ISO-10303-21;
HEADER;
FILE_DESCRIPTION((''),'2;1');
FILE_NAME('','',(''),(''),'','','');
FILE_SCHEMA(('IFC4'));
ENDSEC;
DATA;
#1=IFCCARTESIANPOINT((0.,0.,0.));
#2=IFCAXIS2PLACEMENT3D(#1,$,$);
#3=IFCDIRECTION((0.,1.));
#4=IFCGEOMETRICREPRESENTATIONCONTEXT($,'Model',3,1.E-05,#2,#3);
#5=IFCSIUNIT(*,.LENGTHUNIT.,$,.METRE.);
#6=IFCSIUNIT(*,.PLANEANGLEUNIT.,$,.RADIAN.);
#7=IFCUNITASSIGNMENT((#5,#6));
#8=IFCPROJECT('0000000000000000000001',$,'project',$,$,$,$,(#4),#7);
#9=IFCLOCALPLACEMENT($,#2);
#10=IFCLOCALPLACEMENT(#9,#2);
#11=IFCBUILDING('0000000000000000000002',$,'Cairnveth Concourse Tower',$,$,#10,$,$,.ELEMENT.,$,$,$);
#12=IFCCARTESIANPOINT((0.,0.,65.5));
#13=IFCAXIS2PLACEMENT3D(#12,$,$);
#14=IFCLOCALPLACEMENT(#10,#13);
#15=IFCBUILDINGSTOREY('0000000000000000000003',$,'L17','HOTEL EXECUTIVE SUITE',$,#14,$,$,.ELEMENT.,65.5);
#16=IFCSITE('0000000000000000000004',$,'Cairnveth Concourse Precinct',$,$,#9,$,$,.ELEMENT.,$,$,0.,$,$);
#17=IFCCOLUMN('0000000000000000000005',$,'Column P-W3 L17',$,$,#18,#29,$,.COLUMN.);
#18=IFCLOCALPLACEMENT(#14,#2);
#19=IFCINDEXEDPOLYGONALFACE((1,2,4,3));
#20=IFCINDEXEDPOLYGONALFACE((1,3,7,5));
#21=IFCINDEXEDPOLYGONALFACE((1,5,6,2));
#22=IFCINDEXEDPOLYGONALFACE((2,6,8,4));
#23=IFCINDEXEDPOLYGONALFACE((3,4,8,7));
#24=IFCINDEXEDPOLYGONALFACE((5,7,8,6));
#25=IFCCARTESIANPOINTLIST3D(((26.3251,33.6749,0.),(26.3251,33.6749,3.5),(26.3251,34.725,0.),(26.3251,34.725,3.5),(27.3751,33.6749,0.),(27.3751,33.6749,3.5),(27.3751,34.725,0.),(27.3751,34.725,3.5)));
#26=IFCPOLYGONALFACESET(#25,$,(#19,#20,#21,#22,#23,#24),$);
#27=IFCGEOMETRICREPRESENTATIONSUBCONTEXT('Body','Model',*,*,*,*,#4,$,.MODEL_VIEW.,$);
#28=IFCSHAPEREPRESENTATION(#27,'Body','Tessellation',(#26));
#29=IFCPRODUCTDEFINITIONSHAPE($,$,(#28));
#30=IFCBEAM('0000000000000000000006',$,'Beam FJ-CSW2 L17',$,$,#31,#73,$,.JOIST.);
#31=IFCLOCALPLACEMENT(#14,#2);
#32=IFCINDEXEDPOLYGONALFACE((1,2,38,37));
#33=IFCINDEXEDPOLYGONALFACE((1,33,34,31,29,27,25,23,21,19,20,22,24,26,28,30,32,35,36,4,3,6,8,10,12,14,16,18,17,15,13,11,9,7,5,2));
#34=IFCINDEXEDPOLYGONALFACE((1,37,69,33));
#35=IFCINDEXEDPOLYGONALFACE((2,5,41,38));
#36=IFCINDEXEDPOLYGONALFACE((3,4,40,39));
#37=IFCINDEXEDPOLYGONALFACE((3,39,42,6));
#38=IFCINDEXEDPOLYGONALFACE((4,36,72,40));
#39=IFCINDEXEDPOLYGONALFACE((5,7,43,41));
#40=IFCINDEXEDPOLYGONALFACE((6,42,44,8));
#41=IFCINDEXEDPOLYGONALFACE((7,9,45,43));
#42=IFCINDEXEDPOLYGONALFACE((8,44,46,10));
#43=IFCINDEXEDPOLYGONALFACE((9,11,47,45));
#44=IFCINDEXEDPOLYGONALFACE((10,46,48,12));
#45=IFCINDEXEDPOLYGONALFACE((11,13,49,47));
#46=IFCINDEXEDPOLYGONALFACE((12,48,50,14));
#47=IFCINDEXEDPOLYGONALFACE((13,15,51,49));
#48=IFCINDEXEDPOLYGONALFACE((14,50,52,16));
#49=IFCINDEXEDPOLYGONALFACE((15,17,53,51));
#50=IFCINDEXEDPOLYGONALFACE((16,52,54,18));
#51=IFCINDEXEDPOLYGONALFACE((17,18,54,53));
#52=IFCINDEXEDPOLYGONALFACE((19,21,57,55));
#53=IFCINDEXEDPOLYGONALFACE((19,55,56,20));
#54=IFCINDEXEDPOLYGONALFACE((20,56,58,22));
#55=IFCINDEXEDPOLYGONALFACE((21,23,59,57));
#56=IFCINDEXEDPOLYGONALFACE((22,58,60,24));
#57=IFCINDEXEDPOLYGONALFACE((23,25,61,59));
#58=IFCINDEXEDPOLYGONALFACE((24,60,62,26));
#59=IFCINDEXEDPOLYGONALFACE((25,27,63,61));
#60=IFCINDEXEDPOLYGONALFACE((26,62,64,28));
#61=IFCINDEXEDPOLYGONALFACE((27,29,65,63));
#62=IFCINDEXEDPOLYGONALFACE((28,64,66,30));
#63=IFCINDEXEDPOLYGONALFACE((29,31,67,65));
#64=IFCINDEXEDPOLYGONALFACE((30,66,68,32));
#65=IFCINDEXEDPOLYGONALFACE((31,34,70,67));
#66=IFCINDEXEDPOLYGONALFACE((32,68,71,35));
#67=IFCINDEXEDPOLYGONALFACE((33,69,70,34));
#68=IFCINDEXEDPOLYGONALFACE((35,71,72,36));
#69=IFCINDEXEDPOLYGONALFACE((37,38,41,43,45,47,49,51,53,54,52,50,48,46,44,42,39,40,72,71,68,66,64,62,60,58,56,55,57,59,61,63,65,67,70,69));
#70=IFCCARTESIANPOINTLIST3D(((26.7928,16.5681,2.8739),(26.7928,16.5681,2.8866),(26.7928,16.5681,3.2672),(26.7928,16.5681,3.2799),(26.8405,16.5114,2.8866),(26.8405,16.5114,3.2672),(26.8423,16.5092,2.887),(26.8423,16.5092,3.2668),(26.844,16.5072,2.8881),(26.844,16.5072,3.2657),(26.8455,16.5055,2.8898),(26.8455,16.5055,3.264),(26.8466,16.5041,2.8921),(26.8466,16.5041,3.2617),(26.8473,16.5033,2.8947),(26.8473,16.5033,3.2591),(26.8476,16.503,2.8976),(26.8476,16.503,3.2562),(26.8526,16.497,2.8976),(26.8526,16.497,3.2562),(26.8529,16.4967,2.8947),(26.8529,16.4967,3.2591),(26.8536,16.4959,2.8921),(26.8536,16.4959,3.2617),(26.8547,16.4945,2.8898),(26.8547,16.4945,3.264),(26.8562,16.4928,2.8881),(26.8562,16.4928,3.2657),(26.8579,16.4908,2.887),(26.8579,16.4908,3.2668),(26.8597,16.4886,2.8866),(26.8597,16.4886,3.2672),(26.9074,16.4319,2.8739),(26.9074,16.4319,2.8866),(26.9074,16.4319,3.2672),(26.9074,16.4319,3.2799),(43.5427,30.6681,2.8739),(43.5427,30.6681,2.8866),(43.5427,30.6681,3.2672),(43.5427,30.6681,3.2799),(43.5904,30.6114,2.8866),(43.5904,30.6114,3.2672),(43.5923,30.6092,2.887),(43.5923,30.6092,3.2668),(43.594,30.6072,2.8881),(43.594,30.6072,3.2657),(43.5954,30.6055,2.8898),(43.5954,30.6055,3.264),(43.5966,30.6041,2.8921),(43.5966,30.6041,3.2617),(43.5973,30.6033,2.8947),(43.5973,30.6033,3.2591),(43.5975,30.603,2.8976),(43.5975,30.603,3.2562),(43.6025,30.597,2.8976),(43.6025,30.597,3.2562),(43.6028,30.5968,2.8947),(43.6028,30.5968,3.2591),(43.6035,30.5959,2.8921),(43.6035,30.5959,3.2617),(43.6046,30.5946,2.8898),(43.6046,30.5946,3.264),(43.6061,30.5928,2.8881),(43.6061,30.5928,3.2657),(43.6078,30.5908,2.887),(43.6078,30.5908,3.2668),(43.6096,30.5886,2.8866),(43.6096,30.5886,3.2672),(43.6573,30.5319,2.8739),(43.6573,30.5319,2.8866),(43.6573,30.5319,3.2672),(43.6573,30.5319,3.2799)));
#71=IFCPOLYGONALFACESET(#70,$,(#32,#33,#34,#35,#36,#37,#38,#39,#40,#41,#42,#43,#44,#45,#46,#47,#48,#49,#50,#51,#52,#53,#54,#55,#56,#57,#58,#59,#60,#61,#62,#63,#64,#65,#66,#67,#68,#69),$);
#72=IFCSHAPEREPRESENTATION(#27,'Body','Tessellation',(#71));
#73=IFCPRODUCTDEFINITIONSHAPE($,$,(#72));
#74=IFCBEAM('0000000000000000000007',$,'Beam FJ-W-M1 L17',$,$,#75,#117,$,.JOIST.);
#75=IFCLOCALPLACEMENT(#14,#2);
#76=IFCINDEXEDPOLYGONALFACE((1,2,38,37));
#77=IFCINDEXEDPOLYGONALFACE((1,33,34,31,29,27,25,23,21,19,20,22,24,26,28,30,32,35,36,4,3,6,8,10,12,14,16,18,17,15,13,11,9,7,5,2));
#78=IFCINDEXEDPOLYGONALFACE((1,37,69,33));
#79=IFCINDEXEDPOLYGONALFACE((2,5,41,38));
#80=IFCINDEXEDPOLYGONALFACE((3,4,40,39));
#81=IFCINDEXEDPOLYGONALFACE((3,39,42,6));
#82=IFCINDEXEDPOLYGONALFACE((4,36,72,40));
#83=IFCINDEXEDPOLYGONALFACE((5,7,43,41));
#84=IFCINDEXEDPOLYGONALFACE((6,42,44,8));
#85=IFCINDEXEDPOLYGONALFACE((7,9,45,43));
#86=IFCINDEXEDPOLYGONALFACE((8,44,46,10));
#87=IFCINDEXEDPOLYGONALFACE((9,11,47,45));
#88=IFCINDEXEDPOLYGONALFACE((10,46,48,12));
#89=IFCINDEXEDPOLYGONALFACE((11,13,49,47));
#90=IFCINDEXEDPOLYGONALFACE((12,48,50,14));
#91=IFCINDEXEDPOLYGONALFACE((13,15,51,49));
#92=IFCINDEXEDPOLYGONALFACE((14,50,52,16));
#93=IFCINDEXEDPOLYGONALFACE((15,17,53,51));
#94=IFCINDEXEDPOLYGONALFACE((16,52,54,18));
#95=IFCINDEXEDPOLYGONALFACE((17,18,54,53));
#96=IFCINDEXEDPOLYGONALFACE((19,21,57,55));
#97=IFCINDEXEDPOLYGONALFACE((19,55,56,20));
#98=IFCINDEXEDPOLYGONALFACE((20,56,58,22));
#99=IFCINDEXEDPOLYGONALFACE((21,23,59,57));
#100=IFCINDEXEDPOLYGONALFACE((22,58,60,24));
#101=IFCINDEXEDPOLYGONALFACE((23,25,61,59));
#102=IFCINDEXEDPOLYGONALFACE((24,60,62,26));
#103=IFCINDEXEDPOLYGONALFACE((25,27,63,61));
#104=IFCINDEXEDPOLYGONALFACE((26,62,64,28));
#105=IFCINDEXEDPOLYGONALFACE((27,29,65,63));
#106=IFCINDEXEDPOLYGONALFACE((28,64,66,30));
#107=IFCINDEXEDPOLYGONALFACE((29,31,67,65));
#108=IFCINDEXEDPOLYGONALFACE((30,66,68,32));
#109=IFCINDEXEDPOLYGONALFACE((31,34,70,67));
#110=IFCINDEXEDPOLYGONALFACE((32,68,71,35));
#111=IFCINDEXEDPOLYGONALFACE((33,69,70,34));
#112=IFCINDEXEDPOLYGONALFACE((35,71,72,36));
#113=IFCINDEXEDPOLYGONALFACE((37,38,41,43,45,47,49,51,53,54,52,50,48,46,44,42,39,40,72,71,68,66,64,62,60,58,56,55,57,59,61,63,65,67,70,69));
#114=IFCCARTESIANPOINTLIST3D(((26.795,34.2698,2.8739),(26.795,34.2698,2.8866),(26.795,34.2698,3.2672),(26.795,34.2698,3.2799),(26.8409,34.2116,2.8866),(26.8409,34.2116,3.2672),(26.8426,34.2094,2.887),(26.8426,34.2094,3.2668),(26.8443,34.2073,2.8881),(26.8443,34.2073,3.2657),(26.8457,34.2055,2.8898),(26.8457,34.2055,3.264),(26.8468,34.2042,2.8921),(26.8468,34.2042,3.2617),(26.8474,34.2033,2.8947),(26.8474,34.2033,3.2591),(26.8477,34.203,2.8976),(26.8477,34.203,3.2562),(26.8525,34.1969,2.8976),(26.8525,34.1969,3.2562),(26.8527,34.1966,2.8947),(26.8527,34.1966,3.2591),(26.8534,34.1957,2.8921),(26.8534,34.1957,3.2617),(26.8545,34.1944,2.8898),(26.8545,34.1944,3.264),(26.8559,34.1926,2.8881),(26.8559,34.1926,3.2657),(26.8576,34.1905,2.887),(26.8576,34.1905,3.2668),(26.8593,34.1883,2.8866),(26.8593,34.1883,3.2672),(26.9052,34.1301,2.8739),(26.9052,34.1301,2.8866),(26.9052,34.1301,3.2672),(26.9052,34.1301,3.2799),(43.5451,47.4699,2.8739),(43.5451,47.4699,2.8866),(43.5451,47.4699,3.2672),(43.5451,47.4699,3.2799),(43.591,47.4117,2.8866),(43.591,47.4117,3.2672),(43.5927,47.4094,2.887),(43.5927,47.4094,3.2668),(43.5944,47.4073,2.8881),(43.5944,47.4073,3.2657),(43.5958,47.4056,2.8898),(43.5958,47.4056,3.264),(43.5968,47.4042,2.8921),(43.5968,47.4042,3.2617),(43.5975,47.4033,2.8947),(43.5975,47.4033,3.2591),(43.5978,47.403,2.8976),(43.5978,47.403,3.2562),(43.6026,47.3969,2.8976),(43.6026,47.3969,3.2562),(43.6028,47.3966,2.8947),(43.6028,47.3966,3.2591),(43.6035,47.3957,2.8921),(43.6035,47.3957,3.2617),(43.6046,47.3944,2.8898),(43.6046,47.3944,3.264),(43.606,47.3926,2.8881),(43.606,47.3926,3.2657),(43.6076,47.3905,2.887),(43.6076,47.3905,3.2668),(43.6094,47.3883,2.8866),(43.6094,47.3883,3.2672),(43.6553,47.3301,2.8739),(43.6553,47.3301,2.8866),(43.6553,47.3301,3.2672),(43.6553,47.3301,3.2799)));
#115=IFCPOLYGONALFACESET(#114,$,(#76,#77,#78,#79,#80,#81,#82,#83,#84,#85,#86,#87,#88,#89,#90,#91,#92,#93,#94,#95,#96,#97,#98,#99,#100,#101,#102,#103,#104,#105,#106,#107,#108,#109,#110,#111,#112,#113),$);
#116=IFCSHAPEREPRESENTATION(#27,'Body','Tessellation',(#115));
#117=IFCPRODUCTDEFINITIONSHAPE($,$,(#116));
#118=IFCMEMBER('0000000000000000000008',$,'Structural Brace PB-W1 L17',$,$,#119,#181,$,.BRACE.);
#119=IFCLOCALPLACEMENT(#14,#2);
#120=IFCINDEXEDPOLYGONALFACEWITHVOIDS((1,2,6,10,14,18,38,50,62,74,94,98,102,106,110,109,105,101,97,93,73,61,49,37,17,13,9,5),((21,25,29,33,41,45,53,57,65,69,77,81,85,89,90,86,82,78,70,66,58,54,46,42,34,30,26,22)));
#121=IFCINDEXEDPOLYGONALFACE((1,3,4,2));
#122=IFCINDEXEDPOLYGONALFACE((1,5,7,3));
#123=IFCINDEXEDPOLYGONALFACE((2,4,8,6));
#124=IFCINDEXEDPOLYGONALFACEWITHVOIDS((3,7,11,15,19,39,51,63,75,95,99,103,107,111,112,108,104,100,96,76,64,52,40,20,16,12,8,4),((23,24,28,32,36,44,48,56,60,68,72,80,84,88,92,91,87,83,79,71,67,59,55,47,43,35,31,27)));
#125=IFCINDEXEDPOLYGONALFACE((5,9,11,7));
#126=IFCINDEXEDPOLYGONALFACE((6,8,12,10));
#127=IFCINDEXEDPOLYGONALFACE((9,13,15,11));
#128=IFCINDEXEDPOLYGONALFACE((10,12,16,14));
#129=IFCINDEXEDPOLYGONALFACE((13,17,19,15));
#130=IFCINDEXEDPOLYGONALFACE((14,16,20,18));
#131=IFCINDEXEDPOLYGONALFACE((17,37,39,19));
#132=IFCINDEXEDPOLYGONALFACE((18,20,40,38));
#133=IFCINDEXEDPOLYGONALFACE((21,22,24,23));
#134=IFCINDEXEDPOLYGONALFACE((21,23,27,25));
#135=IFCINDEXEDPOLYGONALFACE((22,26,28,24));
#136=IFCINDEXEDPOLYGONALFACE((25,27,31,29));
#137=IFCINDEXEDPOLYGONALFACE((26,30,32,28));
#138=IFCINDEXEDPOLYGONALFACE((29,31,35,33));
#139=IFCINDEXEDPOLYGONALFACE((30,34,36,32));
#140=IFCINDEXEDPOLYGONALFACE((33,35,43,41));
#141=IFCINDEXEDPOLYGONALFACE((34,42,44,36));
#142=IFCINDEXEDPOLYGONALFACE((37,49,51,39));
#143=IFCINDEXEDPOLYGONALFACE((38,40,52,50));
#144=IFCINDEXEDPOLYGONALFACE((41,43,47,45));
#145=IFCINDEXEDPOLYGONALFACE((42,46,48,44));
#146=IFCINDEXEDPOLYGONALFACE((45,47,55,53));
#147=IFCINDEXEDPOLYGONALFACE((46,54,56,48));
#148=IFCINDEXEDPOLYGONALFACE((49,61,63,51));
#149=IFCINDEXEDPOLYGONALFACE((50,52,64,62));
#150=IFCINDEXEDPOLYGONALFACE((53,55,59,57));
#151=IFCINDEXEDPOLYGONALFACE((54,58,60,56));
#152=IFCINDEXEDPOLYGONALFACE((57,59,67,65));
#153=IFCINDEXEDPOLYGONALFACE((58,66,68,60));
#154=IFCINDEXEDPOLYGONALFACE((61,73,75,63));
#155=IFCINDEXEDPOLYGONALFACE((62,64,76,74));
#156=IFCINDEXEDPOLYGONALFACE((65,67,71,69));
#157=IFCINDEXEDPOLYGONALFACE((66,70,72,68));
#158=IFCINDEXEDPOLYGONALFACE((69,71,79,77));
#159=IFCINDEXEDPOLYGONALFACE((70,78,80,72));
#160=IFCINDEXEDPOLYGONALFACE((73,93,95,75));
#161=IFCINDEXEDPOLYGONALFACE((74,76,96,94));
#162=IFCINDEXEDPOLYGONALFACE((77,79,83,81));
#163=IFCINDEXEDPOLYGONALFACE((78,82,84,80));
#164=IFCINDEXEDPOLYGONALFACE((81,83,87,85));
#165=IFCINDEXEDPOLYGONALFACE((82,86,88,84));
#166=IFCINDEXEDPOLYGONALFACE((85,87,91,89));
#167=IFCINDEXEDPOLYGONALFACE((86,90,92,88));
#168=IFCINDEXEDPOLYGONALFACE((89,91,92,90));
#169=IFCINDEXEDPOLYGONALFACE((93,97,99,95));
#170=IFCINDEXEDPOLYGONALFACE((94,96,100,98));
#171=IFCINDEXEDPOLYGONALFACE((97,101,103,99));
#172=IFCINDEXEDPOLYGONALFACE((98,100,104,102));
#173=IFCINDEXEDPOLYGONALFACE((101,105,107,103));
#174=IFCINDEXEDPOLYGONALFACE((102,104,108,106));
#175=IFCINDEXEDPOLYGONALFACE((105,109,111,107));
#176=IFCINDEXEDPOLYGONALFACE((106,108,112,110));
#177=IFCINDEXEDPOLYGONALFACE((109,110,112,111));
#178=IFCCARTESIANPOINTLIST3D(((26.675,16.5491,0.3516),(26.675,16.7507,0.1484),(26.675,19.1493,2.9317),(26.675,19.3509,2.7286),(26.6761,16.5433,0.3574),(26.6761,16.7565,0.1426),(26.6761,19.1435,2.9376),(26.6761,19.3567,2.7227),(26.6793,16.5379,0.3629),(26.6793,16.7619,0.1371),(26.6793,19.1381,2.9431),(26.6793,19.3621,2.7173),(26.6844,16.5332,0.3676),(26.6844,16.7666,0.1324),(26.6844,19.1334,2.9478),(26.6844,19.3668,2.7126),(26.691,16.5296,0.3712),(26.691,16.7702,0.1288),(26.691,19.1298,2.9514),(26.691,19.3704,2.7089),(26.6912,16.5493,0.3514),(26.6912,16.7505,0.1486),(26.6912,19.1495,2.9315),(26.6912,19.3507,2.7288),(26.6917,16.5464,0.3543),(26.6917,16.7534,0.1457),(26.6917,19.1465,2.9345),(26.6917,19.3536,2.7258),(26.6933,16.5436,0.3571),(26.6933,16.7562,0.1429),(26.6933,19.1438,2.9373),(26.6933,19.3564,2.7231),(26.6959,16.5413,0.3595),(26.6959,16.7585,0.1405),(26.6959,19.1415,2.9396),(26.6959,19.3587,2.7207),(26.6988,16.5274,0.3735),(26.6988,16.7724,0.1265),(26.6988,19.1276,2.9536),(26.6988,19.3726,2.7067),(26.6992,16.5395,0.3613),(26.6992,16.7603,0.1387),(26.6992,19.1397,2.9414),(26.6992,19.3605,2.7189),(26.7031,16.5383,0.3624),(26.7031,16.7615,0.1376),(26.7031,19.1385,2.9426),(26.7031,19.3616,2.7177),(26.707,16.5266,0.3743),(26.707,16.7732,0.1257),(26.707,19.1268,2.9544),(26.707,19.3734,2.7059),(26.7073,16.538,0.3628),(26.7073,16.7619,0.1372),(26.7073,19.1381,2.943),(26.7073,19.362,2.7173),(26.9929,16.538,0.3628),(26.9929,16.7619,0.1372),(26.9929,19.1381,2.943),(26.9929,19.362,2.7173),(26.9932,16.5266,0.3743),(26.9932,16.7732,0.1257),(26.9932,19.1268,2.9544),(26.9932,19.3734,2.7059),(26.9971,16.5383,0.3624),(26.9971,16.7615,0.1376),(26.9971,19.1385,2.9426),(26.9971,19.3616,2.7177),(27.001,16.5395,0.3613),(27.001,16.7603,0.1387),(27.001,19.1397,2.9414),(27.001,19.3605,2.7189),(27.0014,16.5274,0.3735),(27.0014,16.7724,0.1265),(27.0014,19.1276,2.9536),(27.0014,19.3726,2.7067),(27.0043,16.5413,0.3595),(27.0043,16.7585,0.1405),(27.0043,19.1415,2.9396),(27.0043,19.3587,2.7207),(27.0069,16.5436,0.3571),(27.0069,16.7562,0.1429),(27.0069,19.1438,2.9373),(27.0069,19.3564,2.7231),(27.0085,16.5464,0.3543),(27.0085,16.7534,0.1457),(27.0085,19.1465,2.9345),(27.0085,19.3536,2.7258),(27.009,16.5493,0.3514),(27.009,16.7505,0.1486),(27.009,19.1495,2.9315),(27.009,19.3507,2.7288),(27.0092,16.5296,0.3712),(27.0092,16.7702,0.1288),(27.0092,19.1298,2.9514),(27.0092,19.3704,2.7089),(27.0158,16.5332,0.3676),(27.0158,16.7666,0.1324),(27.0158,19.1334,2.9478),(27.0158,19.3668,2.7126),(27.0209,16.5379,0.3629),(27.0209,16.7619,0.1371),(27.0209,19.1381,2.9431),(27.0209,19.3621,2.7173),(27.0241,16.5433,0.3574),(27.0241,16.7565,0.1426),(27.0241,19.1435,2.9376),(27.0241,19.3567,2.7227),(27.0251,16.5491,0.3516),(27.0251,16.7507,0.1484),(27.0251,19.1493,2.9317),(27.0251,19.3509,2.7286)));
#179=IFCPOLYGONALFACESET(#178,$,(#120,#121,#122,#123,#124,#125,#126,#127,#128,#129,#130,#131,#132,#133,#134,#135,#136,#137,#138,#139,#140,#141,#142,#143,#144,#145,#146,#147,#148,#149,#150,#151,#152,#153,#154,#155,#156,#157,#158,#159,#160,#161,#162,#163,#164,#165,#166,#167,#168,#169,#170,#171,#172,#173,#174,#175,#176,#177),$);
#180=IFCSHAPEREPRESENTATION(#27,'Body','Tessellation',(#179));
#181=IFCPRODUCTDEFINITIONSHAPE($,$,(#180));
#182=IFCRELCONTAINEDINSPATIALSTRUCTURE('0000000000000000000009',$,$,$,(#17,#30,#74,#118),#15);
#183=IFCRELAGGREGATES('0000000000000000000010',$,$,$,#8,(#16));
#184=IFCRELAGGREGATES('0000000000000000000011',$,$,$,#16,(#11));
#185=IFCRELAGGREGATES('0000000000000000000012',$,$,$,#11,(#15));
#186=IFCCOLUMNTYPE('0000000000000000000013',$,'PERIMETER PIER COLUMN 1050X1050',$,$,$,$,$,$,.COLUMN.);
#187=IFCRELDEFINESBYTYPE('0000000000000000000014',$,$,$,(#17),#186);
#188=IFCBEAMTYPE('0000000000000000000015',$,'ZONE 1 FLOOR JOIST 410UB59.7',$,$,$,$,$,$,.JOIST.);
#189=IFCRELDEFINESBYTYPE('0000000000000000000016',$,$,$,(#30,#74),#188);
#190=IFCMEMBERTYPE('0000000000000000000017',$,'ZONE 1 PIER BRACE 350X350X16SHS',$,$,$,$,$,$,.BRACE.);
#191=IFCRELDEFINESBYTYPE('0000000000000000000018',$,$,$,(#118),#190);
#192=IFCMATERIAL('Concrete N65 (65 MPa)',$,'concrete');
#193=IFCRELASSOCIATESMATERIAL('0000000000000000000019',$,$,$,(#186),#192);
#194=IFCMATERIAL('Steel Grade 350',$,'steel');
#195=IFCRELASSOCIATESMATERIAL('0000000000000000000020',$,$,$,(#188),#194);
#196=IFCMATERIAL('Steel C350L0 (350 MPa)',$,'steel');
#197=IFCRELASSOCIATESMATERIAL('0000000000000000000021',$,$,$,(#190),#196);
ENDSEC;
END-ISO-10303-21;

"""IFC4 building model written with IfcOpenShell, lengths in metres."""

from ifc_helpers import new_model, si_unit, direction, frame, origin, origin_2d, place, context, subcontext, project, spatial, rectangle, hollow_rectangle, i_section, extrude, material, material_profile, profile_set, type_object, element, save


model = new_model("IFC4")

# Units and contexts
model_context = context("Model", 3, precision=1e-05, world=origin(), true_north=direction((0.0, 1.0)))
body_context = subcontext(model_context, "Body", "Model", "MODEL_VIEW")
ifc_project = project(units=[si_unit("LENGTHUNIT", "METRE"), si_unit("PLANEANGLEUNIT", "RADIAN")], contexts=[model_context])

# Site, building, storey
site_placement = place(None, origin())
site = spatial("IfcSite", under=ifc_project, at=site_placement, Name="Cairnveth Concourse Precinct", CompositionType="ELEMENT", RefElevation=0.0)
building_placement = place(site_placement, origin())
building = spatial("IfcBuilding", under=site, at=building_placement, Name="Cairnveth Concourse Tower", CompositionType="ELEMENT")
storey_placement = place(building_placement, frame((0.0, 0.0, 65.5)))
storey = spatial("IfcBuildingStorey", under=building, at=storey_placement, Name="L17", Description="HOTEL EXECUTIVE SUITE", CompositionType="ELEMENT", Elevation=65.5)

# Column
ifc_material_1 = material(Name="Concrete N65 (65 MPa)", Category="concrete")
ifc_material_profile_1 = material_profile(ifc_material_1, rectangle(XDim=1.05, YDim=1.05, at=origin_2d()), Name="RC-COL-1050x1050")
ifc_profile_set_1 = profile_set([ifc_material_profile_1], Name="Concrete N65 (65 MPa)")
column_type = type_object("IfcColumnType", Name="PERIMETER PIER COLUMN 1050X1050", PredefinedType="COLUMN", material=ifc_profile_set_1)
column_placement = place(storey_placement, frame((26.8501, 34.2, 0.0), z_axis=(0.0, 0.0, 1.0), x_axis=(0.0, 1.0, 0.0)))
element("IfcColumn", 1, at=column_placement, inside=storey, type_object=column_type, Name="Column P-W3 L17", PredefinedType="COLUMN", context=body_context, shape_type="SweptSolid", body=[
    extrude(rectangle(XDim=1.05, YDim=1.05, at=origin_2d()), origin(), (0.0, 0.0, 1.0), 3.5),
])

# Beams
ifc_material_2 = material(Name="Steel Grade 350", Category="steel")
ifc_material_profile_2 = material_profile(ifc_material_2, i_section(OverallWidth=0.178, OverallDepth=0.406, WebThickness=0.0078, FlangeThickness=0.0127, FilletRadius=0.011, at=origin_2d()), Name="410UB59.7")
ifc_profile_set_2 = profile_set([ifc_material_profile_2], Name="Steel Grade 350")
beam_type_1 = type_object("IfcBeamType", Name="ZONE 1 FLOOR JOIST 410UB59.7", PredefinedType="JOIST", material=ifc_profile_set_2)
beam_1_placement = place(storey_placement, frame((26.8501, 16.5, 3.0769), z_axis=(0.765027, 0.643998, 0.0), x_axis=(-0.643998, 0.765027, 0.0)))
element("IfcBeam", 2, at=beam_1_placement, inside=storey, type_object=beam_type_1, Name="Beam FJ-CSW2 L17", PredefinedType="JOIST", context=body_context, shape_type="SweptSolid", body=[
    extrude(i_section(OverallWidth=0.178, OverallDepth=0.406, WebThickness=0.0078, FlangeThickness=0.0127, FilletRadius=0.011, at=origin_2d()), origin(), (0.0, 0.0, 1.0), 21.8945),
])
beam_2_placement = place(storey_placement, frame((26.8501, 34.2, 3.0769), z_axis=(0.785424, 0.618958, 0.0), x_axis=(-0.618958, 0.785424, 0.0)))
element("IfcBeam", 3, at=beam_2_placement, inside=storey, type_object=beam_type_1, Name="Beam FJ-W-M1 L17", PredefinedType="JOIST", context=body_context, shape_type="SweptSolid", body=[
    extrude(i_section(OverallWidth=0.178, OverallDepth=0.406, WebThickness=0.0078, FlangeThickness=0.0127, FilletRadius=0.011, at=origin_2d()), origin(), (0.0, 0.0, 1.0), 21.3262),
])

# Member
ifc_material_3 = material(Name="Steel C350L0 (350 MPa)", Category="steel")
ifc_material_profile_3 = material_profile(ifc_material_3, hollow_rectangle(XDim=0.3501, YDim=0.3501, WallThickness=0.0161, InnerFilletRadius=0.0161, OuterFilletRadius=0.032, at=origin_2d()), Name="350x350x16.0SHS")
ifc_profile_set_3 = profile_set([ifc_material_profile_3], Name="Steel C350L0 (350 MPa)")
member_type = type_object("IfcMemberType", Name="ZONE 1 PIER BRACE 350X350X16SHS", PredefinedType="BRACE", material=ifc_profile_set_3)
member_placement = place(storey_placement, frame((26.8501, 16.6499, 0.25), z_axis=(0.0, 0.709834, 0.704369), x_axis=(-1.0, 0.0, 0.0)))
element("IfcMember", 4, at=member_placement, inside=storey, type_object=member_type, Name="Structural Brace PB-W1 L17", PredefinedType="BRACE", context=body_context, shape_type="SweptSolid", body=[
    extrude(hollow_rectangle(XDim=0.3501, YDim=0.3501, WallThickness=0.0161, InnerFilletRadius=0.0161, OuterFilletRadius=0.032, at=origin_2d()), origin(), (0.0, 0.0, 1.0), 3.6631),
])

save(model, "model.ifc")
